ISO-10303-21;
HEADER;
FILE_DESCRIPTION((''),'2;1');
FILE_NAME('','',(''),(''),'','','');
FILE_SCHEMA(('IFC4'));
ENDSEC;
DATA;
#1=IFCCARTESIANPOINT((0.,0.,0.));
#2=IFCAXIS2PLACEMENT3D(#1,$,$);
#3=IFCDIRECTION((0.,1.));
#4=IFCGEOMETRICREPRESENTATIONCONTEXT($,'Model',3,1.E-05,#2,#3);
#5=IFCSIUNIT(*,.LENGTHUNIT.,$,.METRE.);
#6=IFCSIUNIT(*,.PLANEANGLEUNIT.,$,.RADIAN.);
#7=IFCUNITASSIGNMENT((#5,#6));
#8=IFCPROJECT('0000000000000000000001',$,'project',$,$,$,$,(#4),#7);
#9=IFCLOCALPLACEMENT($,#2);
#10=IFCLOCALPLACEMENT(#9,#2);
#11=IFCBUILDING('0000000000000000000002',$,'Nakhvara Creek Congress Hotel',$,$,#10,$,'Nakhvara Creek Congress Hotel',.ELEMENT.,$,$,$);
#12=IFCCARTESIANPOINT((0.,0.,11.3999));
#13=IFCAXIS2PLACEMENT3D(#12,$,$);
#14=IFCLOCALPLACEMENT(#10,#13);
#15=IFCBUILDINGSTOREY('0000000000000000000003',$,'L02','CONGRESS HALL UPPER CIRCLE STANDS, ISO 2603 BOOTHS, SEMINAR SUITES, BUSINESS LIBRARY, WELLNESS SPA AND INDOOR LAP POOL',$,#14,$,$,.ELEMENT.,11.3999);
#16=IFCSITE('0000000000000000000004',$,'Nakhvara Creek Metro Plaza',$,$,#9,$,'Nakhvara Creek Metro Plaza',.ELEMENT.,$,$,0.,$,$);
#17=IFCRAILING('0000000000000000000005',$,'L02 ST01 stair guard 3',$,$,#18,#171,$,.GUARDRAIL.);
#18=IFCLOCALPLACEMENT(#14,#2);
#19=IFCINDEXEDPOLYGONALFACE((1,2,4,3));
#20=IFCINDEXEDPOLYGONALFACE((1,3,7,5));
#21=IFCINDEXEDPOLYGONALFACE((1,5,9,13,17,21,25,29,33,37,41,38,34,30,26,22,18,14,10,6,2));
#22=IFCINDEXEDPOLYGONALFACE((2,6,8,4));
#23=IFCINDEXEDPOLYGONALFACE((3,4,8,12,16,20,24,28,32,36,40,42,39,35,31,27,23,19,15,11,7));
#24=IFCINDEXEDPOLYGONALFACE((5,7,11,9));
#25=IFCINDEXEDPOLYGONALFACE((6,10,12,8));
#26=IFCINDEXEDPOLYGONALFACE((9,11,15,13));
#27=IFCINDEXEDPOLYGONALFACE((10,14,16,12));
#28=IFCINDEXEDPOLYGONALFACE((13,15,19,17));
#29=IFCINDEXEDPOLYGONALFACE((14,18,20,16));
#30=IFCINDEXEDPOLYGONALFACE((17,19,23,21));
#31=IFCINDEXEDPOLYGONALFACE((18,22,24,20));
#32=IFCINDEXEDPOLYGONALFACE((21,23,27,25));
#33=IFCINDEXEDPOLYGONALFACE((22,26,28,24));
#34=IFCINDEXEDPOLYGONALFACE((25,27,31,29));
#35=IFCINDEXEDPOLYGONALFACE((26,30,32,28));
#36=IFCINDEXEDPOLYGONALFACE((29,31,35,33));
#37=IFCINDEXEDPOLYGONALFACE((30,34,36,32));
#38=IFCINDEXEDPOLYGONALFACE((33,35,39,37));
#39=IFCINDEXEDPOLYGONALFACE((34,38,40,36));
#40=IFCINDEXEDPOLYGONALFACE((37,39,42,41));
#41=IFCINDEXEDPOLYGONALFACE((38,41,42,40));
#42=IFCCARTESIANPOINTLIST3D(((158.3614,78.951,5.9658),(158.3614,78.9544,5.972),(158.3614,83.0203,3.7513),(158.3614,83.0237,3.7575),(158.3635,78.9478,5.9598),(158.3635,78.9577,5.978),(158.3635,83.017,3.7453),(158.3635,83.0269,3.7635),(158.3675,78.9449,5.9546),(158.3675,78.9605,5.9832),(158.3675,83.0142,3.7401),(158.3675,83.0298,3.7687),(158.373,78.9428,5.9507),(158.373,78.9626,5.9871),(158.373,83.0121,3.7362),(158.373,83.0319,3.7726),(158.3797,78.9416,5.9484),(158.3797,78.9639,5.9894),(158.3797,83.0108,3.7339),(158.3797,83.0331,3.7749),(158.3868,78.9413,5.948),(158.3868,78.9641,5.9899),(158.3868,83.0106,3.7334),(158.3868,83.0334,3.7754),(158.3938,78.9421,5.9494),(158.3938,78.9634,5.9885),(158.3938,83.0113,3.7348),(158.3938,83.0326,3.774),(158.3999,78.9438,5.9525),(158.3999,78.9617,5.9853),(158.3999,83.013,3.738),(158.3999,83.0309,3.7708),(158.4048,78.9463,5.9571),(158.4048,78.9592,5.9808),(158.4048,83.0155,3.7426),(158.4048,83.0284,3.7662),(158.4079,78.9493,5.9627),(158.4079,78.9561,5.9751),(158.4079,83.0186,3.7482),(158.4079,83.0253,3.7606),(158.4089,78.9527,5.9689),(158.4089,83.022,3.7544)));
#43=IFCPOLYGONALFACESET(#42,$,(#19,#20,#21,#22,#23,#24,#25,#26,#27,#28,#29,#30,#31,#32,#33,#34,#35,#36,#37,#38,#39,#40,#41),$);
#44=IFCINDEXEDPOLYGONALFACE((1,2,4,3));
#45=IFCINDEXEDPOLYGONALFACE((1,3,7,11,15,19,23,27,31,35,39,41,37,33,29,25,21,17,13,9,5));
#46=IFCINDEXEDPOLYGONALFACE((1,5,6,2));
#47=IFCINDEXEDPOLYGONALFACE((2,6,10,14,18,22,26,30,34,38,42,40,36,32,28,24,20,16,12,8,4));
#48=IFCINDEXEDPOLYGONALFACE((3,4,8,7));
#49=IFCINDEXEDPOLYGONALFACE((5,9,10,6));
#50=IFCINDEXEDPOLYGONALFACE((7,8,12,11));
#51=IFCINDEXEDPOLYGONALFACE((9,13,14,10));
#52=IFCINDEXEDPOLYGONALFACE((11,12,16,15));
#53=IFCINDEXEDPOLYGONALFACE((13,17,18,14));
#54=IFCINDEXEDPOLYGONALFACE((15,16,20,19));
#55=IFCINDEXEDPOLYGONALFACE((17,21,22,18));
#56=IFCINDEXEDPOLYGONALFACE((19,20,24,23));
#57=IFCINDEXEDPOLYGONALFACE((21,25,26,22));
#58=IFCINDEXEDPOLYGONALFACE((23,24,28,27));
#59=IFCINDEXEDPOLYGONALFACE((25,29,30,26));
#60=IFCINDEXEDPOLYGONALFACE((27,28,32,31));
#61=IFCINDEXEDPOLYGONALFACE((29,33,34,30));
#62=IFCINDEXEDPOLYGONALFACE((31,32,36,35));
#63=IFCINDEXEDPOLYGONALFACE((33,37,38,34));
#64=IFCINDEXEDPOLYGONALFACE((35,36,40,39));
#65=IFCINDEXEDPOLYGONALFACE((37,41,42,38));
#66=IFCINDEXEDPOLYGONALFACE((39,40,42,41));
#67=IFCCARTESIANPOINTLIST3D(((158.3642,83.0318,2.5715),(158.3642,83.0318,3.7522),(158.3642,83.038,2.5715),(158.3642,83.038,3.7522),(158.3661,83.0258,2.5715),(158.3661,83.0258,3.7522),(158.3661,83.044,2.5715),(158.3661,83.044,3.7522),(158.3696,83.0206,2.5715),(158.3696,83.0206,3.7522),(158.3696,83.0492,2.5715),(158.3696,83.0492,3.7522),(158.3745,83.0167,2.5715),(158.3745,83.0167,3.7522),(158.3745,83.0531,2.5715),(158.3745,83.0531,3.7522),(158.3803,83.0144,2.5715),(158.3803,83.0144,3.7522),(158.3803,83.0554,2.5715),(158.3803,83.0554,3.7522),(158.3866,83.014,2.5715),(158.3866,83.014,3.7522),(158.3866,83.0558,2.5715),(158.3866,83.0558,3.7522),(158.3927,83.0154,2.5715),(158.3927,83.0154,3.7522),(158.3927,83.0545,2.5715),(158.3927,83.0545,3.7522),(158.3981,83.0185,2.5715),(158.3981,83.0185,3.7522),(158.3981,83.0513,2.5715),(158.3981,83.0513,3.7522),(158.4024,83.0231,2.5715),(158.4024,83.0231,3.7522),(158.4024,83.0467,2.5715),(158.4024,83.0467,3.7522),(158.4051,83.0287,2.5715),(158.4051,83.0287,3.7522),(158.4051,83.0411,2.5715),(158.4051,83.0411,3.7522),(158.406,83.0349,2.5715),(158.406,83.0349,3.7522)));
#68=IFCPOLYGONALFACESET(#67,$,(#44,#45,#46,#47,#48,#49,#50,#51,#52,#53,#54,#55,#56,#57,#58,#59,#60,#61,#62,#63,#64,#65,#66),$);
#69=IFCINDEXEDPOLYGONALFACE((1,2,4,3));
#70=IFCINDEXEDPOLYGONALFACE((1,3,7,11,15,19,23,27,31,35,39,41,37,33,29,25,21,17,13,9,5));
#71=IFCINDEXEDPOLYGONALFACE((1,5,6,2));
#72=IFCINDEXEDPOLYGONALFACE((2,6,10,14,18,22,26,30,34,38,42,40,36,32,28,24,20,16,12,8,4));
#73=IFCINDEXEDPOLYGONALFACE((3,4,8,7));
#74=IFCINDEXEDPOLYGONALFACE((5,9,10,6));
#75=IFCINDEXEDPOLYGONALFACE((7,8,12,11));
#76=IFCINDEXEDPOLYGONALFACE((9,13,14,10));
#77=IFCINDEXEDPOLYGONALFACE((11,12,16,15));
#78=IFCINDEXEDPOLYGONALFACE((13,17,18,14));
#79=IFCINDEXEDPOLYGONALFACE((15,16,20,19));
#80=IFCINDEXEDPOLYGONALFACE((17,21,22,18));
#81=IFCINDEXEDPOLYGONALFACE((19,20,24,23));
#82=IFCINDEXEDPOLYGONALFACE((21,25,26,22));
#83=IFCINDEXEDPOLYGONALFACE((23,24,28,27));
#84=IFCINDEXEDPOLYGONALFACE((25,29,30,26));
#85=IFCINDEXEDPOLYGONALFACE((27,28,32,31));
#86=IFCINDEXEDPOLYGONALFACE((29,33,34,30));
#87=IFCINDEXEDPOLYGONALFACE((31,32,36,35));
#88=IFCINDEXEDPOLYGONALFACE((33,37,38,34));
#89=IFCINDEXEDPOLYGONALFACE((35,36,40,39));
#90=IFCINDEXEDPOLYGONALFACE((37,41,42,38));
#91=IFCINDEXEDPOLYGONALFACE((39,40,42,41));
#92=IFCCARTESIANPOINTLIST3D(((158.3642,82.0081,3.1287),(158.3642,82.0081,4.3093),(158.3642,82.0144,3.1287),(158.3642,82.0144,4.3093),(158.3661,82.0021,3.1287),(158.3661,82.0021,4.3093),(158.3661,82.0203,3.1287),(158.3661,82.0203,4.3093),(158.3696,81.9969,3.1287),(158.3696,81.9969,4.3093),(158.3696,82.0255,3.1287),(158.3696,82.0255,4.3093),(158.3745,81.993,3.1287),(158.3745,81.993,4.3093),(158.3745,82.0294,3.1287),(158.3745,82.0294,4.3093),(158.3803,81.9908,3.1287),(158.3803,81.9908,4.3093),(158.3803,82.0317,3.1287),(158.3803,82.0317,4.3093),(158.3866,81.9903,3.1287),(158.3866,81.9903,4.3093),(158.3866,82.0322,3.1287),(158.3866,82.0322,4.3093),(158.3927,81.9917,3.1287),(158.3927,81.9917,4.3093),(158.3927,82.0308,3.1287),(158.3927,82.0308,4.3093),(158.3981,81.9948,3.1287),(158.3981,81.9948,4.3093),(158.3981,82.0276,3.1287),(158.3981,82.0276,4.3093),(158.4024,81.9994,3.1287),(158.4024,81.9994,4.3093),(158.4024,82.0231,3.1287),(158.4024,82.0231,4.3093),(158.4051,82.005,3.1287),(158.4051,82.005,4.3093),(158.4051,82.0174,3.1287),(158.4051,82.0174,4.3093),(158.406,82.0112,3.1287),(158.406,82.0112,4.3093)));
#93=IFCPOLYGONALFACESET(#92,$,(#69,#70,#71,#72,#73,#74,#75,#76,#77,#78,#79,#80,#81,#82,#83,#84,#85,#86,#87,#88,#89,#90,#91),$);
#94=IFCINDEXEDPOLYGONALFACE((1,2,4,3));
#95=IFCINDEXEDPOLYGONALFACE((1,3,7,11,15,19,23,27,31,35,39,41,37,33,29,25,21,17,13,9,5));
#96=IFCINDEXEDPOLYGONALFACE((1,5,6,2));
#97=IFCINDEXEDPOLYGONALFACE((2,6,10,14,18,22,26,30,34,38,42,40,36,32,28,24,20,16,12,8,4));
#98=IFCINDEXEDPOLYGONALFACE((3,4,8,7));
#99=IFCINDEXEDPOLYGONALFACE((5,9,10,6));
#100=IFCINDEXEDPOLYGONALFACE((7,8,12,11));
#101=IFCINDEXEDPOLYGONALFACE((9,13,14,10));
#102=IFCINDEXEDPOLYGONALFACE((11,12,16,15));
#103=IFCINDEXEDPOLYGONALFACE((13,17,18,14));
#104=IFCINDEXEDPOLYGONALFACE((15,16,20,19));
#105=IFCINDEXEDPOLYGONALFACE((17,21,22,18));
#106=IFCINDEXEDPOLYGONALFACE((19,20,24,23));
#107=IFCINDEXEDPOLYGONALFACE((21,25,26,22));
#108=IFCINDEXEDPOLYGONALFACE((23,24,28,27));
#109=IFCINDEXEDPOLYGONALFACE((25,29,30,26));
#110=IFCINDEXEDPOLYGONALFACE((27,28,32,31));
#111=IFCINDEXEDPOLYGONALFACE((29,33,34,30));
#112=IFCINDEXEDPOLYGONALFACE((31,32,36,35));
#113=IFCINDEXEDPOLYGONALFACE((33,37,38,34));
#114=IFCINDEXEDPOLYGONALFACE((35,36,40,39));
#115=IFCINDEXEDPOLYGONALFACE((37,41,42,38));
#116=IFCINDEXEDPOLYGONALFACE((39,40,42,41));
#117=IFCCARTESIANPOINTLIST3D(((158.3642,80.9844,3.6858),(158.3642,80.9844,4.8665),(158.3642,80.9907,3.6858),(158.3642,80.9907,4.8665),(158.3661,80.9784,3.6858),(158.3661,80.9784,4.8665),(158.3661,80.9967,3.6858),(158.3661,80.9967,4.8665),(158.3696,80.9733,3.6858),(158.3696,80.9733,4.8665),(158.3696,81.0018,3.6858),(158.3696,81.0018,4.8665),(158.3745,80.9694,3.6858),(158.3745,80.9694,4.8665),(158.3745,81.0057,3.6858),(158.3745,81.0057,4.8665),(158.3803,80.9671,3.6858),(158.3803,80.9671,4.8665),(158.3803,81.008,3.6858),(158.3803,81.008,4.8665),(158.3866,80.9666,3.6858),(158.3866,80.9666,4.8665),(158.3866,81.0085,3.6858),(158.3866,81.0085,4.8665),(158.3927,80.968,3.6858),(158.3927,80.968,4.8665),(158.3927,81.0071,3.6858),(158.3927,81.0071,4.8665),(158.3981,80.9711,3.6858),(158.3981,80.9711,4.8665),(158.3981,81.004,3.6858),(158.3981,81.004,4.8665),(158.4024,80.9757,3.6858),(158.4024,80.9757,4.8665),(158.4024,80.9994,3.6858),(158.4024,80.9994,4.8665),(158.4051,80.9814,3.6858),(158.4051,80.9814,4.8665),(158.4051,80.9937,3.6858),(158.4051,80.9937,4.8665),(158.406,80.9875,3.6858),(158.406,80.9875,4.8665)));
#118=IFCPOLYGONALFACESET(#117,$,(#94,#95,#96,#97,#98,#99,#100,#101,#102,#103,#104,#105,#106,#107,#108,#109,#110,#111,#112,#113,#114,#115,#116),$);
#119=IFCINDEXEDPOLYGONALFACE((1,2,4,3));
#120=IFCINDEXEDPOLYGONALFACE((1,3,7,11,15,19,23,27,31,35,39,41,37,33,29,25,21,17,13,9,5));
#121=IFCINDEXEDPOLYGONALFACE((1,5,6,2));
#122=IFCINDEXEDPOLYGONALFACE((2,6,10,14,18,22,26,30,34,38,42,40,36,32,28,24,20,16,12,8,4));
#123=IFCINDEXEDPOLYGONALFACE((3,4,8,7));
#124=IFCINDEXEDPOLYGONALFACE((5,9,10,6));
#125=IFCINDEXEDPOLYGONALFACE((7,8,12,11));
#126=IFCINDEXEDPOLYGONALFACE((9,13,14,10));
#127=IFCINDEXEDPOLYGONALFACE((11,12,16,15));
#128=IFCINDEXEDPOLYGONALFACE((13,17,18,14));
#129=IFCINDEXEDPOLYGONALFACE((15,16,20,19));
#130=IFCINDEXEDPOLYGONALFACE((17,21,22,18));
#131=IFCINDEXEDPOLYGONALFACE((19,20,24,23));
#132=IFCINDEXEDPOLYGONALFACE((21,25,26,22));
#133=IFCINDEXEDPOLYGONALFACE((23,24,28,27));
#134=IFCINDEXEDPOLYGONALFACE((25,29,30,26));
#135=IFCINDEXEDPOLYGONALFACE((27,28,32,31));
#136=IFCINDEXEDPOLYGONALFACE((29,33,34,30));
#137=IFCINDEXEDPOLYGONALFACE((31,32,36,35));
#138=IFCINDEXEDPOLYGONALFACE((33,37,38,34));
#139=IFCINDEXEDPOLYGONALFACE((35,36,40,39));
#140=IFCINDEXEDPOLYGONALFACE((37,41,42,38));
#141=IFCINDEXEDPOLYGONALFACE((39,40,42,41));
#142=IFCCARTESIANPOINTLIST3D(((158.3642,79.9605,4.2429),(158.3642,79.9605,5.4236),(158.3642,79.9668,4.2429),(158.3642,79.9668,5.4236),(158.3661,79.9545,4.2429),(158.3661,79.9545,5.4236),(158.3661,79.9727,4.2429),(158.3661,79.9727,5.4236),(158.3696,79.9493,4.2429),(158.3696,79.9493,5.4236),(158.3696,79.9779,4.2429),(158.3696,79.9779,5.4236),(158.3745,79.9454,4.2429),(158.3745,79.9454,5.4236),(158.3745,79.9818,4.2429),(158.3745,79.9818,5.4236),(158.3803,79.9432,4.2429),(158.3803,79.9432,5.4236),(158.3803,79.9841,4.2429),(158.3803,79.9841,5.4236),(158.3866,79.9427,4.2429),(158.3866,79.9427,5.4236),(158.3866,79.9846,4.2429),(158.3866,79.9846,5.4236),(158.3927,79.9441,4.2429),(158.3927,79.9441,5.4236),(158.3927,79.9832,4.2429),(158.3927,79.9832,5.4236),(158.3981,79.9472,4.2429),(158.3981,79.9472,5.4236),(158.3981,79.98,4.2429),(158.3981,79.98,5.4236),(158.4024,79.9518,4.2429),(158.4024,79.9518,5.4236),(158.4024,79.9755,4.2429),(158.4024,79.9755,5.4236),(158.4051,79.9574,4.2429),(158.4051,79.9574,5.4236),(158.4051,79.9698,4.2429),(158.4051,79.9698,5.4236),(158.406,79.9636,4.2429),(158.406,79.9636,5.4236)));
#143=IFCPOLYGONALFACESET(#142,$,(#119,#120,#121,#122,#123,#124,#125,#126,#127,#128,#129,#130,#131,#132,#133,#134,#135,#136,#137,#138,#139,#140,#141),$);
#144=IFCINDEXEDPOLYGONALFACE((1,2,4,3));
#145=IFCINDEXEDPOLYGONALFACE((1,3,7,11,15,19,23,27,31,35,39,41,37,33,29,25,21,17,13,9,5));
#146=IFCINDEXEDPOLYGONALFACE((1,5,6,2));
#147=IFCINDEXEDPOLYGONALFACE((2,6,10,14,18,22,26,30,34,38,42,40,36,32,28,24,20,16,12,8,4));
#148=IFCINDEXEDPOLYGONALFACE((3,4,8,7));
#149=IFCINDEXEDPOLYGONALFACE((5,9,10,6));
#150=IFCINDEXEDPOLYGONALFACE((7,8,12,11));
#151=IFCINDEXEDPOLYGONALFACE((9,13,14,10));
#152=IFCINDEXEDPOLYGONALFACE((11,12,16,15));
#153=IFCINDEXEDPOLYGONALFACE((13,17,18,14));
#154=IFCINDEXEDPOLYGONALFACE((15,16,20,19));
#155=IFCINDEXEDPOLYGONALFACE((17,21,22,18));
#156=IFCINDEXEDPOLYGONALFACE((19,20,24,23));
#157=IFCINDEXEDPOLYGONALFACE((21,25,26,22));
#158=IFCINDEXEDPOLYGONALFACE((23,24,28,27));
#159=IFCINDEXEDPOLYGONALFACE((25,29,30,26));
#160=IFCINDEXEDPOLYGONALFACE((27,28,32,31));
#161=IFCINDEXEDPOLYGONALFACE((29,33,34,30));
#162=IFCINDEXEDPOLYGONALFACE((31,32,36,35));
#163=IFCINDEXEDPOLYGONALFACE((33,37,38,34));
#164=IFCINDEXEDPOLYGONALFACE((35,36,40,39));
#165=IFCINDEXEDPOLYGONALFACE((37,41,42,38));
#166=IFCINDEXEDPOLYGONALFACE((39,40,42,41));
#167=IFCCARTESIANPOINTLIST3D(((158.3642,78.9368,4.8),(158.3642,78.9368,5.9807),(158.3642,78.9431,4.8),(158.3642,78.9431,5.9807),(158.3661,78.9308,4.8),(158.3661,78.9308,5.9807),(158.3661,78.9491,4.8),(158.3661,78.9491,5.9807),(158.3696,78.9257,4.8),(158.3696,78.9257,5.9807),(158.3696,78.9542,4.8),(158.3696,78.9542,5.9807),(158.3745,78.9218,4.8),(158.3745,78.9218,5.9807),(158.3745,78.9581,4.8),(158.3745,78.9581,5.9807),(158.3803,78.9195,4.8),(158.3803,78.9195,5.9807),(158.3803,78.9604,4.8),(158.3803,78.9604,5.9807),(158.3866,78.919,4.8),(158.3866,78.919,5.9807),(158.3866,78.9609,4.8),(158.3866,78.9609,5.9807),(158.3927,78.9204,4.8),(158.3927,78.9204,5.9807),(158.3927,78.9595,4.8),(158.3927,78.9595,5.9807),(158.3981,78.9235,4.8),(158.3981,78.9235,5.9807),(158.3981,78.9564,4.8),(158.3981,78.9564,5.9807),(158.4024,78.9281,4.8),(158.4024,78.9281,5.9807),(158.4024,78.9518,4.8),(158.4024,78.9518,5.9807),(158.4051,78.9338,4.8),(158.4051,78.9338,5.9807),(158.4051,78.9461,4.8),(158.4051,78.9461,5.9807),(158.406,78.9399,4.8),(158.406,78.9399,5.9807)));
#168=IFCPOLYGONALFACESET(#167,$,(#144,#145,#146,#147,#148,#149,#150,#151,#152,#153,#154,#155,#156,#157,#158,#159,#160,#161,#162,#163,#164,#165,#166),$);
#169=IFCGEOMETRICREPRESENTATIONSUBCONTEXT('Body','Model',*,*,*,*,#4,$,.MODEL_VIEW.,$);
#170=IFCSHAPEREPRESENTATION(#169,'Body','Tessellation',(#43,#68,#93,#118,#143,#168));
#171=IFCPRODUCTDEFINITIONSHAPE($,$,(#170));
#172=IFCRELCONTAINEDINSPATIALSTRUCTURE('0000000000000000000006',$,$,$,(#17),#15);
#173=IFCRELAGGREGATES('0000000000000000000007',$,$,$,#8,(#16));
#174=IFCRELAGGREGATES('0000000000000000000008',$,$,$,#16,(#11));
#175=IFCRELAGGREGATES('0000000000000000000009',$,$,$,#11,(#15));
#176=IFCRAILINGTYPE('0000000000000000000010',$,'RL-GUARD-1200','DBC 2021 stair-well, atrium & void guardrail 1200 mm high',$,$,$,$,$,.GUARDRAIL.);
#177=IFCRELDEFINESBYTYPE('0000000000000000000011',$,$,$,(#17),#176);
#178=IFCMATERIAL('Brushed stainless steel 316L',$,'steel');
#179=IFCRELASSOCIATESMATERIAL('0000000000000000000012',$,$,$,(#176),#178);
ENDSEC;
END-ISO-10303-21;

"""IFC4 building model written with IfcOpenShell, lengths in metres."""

from ifc_helpers import new_model, si_unit, direction, frame, origin, origin_2d, place, context, subcontext, project, spatial, circle, extrude, material, type_object, element, save


model = new_model("IFC4")

# Units and contexts
model_context = context("Model", 3, precision=1e-05, world=origin(), true_north=direction((0.0, 1.0)))
body_context = subcontext(model_context, "Body", "Model", "MODEL_VIEW")
ifc_project = project(units=[si_unit("LENGTHUNIT", "METRE"), si_unit("PLANEANGLEUNIT", "RADIAN")], contexts=[model_context])

# Site, building, storey
site_placement = place(None, origin())
site = spatial("IfcSite", under=ifc_project, at=site_placement, Name="Nakhvara Creek Metro Plaza", LongName="Nakhvara Creek Metro Plaza", CompositionType="ELEMENT", RefElevation=0.0)
building_placement = place(site_placement, origin())
building = spatial("IfcBuilding", under=site, at=building_placement, Name="Nakhvara Creek Congress Hotel", LongName="Nakhvara Creek Congress Hotel", CompositionType="ELEMENT")
storey_placement = place(building_placement, frame((0.0, 0.0, 11.3999)))
storey = spatial("IfcBuildingStorey", under=building, at=storey_placement, Name="L02", Description="CONGRESS HALL UPPER CIRCLE STANDS, ISO 2603 BOOTHS, SEMINAR SUITES, BUSINESS LIBRARY, WELLNESS SPA AND INDOOR LAP POOL", CompositionType="ELEMENT", Elevation=11.3999)

# Railing
ifc_material_1 = material(Name="Brushed stainless steel 316L", Category="steel")
railing_type_1 = type_object("IfcRailingType", Name="RL-GUARD-1200", Description="DBC 2021 stair-well, atrium & void guardrail 1200 mm high", PredefinedType="GUARDRAIL", material=ifc_material_1)
railing_1_placement = place(storey_placement, frame((158.385, 83.0349, 2.5715)))
element("IfcRailing", 1, at=railing_1_placement, inside=storey, type_object=railing_type_1, Name="L02 ST01 stair guard 3", PredefinedType="GUARDRAIL", context=body_context, shape_type="SweptSolid", body=[
    extrude(circle(Radius=0.0239, at=origin_2d()), frame((0.0, -0.0129, 1.1829), z_axis=(0.0, -0.878355, 0.478008), x_axis=(1.0, 0.0, 0.0)), (0.0, 0.0, 1.0), 4.6328),
    extrude(circle(Radius=0.021, at=origin_2d()), origin(), (0.0, 0.0, 1.0), 1.1807),
    extrude(circle(Radius=0.021, at=origin_2d()), frame((0.0, -1.0237, 0.5571)), (0.0, 0.0, 1.0), 1.1807),
    extrude(circle(Radius=0.021, at=origin_2d()), frame((0.0, -2.0474, 1.1143)), (0.0, 0.0, 1.0), 1.1807),
    extrude(circle(Radius=0.021, at=origin_2d()), frame((0.0, -3.0713, 1.6714)), (0.0, 0.0, 1.0), 1.1807),
    extrude(circle(Radius=0.021, at=origin_2d()), frame((0.0, -4.095, 2.2285)), (0.0, 0.0, 1.0), 1.1807),
])

save(model, "model.ifc")
